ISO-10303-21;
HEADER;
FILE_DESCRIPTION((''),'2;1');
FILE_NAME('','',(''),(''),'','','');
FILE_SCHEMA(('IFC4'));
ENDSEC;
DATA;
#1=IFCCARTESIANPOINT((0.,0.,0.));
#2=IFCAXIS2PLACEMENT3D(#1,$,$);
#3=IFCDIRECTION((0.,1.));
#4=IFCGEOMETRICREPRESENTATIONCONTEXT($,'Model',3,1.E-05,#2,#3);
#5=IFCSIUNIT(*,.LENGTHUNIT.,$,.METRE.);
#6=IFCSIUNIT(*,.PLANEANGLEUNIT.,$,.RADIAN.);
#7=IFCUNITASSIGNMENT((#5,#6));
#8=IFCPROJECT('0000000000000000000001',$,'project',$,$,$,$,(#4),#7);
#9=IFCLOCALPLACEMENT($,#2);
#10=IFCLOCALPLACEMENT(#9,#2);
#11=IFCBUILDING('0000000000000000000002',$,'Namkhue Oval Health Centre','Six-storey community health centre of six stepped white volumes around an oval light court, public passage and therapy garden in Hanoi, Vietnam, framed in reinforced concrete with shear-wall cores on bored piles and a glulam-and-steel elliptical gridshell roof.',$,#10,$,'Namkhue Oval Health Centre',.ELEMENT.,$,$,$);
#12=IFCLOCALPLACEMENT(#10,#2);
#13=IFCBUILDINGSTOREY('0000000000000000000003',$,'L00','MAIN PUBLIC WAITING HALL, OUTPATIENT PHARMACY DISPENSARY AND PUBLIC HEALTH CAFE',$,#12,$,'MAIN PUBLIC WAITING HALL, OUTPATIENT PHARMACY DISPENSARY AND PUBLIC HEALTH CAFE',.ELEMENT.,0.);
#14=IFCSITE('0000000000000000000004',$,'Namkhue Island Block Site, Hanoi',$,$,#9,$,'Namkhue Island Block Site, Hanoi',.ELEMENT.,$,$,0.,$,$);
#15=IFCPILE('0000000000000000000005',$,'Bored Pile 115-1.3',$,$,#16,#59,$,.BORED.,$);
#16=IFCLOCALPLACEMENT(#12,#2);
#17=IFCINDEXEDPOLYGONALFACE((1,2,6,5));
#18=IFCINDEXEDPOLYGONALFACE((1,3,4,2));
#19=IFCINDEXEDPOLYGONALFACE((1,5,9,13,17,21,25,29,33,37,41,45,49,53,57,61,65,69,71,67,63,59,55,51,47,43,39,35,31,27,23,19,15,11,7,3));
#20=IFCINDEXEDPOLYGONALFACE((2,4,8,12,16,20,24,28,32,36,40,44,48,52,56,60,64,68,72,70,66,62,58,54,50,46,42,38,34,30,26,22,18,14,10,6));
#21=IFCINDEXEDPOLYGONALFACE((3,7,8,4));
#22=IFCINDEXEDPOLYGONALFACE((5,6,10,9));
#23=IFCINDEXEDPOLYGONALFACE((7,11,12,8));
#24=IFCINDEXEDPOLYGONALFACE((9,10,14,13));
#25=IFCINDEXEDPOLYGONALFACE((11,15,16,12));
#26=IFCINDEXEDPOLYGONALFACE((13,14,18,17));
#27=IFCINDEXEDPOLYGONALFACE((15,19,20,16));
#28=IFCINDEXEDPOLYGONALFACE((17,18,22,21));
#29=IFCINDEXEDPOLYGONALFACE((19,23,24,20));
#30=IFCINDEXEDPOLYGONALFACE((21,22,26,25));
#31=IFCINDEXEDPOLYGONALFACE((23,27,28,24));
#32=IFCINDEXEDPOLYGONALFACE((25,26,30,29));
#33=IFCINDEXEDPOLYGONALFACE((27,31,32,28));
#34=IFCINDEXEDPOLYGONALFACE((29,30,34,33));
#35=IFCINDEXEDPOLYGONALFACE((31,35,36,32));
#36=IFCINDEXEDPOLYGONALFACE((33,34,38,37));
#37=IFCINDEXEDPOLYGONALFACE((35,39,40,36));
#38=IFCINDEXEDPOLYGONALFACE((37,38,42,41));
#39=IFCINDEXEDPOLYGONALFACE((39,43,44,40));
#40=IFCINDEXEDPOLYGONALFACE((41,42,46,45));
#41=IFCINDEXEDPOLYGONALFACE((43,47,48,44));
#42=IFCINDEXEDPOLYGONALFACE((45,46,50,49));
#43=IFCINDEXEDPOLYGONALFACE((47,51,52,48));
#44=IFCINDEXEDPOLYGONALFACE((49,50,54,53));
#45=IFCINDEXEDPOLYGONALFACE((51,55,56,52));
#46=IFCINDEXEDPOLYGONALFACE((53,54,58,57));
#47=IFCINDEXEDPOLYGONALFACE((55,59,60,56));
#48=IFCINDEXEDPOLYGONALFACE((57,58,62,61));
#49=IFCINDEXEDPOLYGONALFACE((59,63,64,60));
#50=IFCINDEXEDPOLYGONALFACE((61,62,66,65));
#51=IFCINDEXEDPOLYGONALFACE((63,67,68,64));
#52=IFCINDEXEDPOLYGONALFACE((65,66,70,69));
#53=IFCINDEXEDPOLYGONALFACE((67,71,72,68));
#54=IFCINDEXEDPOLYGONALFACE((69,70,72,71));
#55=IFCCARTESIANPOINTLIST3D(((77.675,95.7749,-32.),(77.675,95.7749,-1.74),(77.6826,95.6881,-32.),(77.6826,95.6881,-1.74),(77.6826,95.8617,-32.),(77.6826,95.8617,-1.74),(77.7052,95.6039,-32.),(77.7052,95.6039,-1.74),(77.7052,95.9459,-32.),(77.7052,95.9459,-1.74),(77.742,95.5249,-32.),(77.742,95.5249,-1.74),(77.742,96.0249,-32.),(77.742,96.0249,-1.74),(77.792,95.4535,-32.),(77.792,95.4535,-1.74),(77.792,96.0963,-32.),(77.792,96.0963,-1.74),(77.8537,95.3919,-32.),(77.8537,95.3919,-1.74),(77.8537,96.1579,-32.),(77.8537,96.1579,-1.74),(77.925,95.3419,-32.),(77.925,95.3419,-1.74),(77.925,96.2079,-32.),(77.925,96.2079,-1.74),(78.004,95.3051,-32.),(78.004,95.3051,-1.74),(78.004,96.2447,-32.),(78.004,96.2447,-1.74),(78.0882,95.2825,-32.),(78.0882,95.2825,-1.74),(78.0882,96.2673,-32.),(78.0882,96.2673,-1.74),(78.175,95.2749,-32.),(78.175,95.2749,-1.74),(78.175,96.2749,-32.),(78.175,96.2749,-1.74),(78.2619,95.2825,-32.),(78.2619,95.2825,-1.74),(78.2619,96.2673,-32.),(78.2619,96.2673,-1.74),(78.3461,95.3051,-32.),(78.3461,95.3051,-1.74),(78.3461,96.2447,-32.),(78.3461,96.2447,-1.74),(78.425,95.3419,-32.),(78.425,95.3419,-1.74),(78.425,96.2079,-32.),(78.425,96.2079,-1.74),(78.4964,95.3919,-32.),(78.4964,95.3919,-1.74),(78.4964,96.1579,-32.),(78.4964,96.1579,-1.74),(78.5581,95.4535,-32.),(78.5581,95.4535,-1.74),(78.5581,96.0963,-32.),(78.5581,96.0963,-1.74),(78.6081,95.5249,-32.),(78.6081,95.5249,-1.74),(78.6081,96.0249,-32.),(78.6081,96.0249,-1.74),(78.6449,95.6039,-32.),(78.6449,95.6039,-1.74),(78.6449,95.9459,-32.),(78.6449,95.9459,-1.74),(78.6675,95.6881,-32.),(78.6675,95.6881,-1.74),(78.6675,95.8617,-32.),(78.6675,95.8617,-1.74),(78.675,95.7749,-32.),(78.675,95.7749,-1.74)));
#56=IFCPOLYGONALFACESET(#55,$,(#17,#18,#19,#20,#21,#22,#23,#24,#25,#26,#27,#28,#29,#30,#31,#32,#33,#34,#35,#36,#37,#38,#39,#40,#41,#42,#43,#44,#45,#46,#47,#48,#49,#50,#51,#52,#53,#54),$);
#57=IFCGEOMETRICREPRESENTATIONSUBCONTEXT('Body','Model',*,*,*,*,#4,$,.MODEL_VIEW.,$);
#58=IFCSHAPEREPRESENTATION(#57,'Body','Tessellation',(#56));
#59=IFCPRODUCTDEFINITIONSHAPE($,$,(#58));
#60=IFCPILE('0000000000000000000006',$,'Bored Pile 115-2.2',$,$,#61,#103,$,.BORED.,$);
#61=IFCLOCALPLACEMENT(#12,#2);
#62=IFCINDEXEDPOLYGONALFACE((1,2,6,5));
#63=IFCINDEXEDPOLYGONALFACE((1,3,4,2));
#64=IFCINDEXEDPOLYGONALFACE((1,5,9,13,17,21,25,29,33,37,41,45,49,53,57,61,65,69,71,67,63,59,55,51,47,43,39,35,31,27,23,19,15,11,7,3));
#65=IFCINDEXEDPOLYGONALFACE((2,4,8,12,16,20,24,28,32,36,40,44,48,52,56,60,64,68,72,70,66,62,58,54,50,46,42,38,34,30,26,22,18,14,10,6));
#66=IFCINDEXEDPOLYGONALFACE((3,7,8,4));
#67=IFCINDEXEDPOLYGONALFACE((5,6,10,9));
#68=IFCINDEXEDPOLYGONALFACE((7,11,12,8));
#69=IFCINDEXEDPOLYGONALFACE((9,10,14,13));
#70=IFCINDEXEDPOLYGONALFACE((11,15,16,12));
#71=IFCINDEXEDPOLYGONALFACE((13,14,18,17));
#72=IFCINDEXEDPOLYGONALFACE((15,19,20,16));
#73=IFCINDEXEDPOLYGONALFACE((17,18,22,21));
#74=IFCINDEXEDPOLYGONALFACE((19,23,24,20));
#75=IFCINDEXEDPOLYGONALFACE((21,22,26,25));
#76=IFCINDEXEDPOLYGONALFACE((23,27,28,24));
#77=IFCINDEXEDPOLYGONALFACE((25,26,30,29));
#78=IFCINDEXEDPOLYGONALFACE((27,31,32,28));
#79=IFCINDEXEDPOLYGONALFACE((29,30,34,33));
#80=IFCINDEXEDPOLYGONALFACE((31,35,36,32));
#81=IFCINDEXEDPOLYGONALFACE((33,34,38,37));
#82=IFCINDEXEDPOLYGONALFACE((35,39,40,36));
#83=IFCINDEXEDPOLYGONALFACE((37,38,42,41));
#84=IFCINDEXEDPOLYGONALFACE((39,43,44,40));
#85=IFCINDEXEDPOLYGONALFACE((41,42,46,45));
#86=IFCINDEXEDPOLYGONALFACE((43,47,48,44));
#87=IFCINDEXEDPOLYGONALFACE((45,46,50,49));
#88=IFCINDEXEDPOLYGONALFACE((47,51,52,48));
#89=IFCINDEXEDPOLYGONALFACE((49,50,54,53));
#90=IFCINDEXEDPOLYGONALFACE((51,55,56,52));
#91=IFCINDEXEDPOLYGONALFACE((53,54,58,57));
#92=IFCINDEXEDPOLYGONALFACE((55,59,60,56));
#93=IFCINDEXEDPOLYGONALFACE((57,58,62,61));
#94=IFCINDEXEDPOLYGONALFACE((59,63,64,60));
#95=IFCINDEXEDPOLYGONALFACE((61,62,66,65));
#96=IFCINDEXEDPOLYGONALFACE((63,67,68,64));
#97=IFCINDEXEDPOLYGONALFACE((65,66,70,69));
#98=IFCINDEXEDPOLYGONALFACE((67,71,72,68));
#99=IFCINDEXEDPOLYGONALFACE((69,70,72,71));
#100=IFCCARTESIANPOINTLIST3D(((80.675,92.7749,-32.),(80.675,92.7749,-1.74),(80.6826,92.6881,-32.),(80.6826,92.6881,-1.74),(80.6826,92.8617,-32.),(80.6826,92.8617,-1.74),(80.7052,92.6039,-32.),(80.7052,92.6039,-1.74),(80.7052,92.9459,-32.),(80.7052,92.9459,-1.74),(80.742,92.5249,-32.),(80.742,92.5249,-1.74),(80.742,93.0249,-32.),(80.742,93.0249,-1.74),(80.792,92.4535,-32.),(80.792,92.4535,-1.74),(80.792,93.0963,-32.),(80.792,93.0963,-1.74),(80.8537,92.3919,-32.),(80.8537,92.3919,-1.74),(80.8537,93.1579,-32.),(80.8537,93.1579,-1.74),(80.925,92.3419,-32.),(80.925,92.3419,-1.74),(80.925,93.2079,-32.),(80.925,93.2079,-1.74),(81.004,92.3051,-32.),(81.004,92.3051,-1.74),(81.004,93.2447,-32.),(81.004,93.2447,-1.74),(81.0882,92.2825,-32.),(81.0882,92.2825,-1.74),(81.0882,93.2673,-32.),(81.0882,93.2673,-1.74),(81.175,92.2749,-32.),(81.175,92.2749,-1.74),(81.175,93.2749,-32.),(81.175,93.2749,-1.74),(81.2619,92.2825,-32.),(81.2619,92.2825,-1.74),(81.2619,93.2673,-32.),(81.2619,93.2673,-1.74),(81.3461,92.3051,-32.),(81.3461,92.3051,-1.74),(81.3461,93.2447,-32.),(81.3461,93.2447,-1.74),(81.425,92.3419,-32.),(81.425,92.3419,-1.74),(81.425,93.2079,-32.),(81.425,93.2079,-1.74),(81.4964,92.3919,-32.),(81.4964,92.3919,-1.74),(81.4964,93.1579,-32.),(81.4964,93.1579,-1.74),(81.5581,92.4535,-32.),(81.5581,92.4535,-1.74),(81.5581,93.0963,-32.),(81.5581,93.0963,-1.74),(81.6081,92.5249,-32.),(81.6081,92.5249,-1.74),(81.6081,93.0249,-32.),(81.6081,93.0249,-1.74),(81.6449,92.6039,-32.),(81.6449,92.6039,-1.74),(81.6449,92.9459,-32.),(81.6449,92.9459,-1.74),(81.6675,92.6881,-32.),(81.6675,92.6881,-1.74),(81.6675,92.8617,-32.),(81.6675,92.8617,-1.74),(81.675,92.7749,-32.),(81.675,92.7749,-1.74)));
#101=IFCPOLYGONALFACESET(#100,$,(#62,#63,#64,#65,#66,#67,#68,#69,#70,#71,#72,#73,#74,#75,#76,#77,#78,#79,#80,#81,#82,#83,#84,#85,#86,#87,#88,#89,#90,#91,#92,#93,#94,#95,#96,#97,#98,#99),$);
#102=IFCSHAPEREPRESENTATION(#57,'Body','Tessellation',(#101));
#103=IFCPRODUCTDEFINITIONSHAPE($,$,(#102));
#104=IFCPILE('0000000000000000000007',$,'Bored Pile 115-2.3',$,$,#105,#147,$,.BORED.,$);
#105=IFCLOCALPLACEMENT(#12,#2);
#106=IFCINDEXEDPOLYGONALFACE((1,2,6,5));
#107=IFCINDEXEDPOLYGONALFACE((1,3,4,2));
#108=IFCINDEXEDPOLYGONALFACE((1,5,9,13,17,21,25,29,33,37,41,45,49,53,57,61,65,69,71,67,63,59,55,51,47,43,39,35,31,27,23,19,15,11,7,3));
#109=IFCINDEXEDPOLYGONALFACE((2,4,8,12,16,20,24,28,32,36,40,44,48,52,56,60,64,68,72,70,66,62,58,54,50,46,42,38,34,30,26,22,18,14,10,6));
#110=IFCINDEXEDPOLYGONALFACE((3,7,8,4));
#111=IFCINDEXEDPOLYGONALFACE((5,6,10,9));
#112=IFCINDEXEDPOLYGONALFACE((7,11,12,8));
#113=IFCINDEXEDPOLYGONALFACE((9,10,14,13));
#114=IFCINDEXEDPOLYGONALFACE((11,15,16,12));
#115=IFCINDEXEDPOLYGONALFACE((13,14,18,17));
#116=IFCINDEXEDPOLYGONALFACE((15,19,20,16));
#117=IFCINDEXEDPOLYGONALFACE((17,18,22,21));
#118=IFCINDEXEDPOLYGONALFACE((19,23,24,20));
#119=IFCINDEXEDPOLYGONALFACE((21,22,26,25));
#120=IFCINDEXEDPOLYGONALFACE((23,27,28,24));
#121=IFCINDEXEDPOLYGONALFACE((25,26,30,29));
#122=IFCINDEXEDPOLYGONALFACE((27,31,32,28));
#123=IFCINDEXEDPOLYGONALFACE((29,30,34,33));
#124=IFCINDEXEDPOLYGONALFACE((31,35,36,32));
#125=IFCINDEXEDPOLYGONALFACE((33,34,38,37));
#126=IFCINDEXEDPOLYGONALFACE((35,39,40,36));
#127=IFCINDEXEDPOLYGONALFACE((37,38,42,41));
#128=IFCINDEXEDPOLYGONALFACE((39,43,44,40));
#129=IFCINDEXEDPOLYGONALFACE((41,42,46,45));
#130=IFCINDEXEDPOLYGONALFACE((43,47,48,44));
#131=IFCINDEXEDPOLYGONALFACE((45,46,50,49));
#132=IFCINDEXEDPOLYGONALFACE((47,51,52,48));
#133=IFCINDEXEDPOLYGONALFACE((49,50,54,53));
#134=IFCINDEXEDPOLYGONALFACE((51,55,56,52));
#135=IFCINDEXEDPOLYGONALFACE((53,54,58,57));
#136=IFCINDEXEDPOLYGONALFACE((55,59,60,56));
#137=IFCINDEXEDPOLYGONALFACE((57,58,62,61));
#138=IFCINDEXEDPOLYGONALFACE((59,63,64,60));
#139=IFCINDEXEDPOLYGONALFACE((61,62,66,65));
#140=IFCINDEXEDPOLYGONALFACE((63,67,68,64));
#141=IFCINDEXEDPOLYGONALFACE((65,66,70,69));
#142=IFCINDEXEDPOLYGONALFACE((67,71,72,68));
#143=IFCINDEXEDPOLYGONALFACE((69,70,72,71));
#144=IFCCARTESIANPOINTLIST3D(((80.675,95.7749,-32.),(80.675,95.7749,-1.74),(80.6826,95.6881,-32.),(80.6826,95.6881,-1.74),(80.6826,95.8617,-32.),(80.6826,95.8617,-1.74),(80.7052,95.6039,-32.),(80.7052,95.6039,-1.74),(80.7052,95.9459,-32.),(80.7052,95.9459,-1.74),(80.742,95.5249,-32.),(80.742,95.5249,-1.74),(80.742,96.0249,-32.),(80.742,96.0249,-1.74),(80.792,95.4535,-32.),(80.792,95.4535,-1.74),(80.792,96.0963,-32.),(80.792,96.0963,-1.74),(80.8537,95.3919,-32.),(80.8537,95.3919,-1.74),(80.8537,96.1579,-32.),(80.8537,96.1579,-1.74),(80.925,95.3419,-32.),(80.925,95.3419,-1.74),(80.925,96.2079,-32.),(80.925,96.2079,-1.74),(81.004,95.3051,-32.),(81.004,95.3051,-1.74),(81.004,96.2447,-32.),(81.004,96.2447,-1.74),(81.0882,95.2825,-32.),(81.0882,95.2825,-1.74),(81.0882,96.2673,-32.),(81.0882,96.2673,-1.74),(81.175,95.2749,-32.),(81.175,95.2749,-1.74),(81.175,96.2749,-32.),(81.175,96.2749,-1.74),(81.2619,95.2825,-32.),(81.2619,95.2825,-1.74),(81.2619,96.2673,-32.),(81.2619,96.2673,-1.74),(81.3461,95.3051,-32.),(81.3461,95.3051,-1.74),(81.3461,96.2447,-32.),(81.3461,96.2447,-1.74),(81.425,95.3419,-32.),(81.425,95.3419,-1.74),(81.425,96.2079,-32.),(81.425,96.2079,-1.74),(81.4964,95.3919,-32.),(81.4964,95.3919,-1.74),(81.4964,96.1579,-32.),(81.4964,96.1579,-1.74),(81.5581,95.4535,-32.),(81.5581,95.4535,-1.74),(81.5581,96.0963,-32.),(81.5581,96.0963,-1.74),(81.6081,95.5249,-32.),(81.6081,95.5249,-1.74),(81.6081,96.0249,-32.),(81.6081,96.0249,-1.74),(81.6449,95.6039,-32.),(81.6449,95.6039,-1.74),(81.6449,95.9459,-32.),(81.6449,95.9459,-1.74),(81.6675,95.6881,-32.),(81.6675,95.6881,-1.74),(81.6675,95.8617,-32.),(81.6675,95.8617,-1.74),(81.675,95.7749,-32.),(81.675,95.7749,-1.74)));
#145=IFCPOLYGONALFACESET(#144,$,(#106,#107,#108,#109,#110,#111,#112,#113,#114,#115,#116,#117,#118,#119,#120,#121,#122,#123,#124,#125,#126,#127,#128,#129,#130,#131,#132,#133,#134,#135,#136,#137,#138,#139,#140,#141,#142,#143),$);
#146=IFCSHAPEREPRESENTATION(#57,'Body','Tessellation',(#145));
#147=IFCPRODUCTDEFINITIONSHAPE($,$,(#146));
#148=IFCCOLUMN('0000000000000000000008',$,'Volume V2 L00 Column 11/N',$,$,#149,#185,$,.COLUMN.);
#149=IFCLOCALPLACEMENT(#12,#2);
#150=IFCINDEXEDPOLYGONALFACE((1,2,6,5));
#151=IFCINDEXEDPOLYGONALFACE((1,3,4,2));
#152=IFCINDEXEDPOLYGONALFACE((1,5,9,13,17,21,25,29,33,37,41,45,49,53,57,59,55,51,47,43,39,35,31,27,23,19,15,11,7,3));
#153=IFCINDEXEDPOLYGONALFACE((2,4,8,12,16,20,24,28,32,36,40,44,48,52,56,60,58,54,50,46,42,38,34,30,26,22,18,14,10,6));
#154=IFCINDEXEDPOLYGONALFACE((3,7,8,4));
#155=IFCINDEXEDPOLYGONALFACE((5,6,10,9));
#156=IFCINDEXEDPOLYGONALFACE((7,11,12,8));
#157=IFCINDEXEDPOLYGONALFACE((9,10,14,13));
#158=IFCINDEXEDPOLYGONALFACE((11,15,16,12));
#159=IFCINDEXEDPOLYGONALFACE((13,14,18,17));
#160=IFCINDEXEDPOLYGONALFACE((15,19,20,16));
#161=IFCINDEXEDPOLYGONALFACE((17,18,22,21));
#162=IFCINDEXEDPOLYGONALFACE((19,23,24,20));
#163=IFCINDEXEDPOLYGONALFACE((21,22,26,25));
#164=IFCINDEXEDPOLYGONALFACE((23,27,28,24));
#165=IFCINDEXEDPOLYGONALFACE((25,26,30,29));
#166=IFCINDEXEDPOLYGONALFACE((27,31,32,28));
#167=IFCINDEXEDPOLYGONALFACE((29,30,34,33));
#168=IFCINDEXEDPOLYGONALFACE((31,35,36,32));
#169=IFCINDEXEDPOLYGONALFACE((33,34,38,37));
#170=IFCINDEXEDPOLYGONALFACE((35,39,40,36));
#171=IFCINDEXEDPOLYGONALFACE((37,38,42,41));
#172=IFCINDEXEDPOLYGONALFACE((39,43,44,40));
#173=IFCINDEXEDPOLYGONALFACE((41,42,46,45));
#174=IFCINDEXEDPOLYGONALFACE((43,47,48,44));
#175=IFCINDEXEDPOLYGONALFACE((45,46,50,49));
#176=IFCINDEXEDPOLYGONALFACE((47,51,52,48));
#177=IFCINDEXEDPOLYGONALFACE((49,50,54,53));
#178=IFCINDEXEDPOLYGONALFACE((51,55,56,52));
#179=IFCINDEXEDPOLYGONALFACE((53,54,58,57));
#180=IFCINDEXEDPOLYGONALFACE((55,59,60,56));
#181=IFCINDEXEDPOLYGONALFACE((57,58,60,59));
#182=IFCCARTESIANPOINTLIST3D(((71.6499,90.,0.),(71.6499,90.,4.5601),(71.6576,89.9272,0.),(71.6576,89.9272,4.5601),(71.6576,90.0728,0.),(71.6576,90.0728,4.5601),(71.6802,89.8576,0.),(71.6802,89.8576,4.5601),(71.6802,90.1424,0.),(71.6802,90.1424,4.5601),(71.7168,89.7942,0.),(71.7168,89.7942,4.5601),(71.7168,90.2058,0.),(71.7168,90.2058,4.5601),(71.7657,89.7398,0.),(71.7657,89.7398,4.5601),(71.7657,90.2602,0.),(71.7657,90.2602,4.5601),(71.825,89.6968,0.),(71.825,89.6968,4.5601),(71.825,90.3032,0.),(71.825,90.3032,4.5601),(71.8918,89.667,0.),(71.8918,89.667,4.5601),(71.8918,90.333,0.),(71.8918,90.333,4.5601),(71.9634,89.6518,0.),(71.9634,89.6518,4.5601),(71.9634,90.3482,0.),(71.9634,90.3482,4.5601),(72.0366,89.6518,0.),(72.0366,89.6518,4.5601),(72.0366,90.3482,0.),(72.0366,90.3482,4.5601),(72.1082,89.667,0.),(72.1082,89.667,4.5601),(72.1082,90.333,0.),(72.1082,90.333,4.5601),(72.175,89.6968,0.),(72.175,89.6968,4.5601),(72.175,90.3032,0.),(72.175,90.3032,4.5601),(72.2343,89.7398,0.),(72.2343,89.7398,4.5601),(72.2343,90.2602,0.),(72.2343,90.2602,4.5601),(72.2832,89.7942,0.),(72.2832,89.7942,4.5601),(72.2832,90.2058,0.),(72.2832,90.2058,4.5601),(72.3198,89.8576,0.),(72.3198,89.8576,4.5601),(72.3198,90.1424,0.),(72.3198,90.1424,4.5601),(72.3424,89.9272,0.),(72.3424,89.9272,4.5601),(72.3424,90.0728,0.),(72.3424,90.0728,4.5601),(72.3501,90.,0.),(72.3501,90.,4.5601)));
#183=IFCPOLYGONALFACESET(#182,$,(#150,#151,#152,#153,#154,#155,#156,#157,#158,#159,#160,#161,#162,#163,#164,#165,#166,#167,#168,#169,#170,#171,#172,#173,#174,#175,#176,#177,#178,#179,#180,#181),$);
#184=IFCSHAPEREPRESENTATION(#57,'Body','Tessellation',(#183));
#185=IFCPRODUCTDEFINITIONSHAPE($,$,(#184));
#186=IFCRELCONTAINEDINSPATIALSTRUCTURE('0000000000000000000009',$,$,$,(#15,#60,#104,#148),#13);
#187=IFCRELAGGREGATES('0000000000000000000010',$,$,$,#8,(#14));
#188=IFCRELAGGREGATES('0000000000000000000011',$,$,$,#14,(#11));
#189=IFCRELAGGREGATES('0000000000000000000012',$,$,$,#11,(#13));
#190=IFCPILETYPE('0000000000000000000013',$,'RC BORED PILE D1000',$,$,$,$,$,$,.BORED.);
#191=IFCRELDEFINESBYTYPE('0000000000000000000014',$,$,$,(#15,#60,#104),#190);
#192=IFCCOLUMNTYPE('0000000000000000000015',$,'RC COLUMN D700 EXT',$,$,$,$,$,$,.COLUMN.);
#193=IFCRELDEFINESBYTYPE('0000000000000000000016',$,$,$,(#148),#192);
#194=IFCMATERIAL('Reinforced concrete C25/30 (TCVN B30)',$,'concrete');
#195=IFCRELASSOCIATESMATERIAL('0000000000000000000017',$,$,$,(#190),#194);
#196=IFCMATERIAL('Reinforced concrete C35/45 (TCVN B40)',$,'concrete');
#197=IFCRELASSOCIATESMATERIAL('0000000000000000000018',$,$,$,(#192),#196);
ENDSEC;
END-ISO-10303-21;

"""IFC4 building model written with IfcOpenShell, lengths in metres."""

from ifc_helpers import new_model, si_unit, direction, frame, origin, origin_2d, place, context, subcontext, project, spatial, circle, extrude, material, material_profile, profile_set, type_object, element, save


model = new_model("IFC4")

# Units and contexts
model_context = context("Model", 3, precision=1e-05, world=origin(), true_north=direction((0.0, 1.0)))
body_context = subcontext(model_context, "Body", "Model", "MODEL_VIEW")
ifc_project = project(units=[si_unit("LENGTHUNIT", "METRE"), si_unit("PLANEANGLEUNIT", "RADIAN")], contexts=[model_context])

# Site, building, storey
site_placement = place(None, origin())
site = spatial("IfcSite", under=ifc_project, at=site_placement, Name="Namkhue Island Block Site, Hanoi", LongName="Namkhue Island Block Site, Hanoi", CompositionType="ELEMENT", RefElevation=0.0)
building_placement = place(site_placement, origin())
building = spatial("IfcBuilding", under=site, at=building_placement, Name="Namkhue Oval Health Centre", Description="Six-storey community health centre of six stepped white volumes around an oval light court, public passage and therapy garden in Hanoi, Vietnam, framed in reinforced concrete with shear-wall cores on bored piles and a glulam-and-steel elliptical gridshell roof.", LongName="Namkhue Oval Health Centre", CompositionType="ELEMENT")
storey_placement = place(building_placement, origin())
storey = spatial("IfcBuildingStorey", under=building, at=storey_placement, Name="L00", Description="MAIN PUBLIC WAITING HALL, OUTPATIENT PHARMACY DISPENSARY AND PUBLIC HEALTH CAFE", LongName="MAIN PUBLIC WAITING HALL, OUTPATIENT PHARMACY DISPENSARY AND PUBLIC HEALTH CAFE", CompositionType="ELEMENT", Elevation=0.0)

# Piles
ifc_material_1 = material(Name="Reinforced concrete C25/30 (TCVN B30)", Category="concrete")
ifc_material_profile_1 = material_profile(ifc_material_1, circle(Radius=0.5, at=origin_2d()), Name="BORED PILE D1000")
ifc_profile_set_1 = profile_set([ifc_material_profile_1], Name="Reinforced concrete C25/30 (TCVN B30)")
pile_type = type_object("IfcPileType", Name="RC BORED PILE D1000", PredefinedType="BORED", material=ifc_profile_set_1)
for number, where, z_axis, x_axis, name in (
    (1, (78.175, 95.7749, -1.74), (0.0, 0.0, -1.0), (1.0, 0.0, 0.0), "Bored Pile 115-1.3"),
    (2, (81.175, 92.7749, -1.74), (0.0, 0.0, -1.0), (1.0, 0.0, 0.0), "Bored Pile 115-2.2"),
    (3, (81.175, 95.7749, -1.74), (0.0, 0.0, -1.0), (1.0, 0.0, 0.0), "Bored Pile 115-2.3"),
):
    element("IfcPile", number, at=place(storey_placement, frame(where, z_axis=z_axis, x_axis=x_axis)), inside=storey, type_object=pile_type, Name=name, PredefinedType="BORED", context=body_context, shape_type="SweptSolid", body=[
        extrude(circle(Radius=0.5, at=origin_2d()), origin(), (0.0, 0.0, 1.0), 30.26),
    ])

# Column
ifc_material_2 = material(Name="Reinforced concrete C35/45 (TCVN B40)", Category="concrete")
ifc_material_profile_2 = material_profile(ifc_material_2, circle(Radius=0.3501, at=origin_2d()), Name="RC D700")
ifc_profile_set_2 = profile_set([ifc_material_profile_2], Name="Reinforced concrete C35/45 (TCVN B40)")
column_type_1 = type_object("IfcColumnType", Name="RC COLUMN D700 EXT", PredefinedType="COLUMN", material=ifc_profile_set_2)
column_placement = place(storey_placement, frame((72.0, 90.0, 0.0), z_axis=(0.0, 0.0, 1.0), x_axis=(1.0, 0.0, 0.0)))
element("IfcColumn", 4, at=column_placement, inside=storey, type_object=column_type_1, Name="Volume V2 L00 Column 11/N", PredefinedType="COLUMN", context=body_context, shape_type="SweptSolid", body=[
    extrude(circle(Radius=0.3501, at=origin_2d()), origin(), (0.0, 0.0, 1.0), 4.5601),
])

save(model, "model.ifc")
